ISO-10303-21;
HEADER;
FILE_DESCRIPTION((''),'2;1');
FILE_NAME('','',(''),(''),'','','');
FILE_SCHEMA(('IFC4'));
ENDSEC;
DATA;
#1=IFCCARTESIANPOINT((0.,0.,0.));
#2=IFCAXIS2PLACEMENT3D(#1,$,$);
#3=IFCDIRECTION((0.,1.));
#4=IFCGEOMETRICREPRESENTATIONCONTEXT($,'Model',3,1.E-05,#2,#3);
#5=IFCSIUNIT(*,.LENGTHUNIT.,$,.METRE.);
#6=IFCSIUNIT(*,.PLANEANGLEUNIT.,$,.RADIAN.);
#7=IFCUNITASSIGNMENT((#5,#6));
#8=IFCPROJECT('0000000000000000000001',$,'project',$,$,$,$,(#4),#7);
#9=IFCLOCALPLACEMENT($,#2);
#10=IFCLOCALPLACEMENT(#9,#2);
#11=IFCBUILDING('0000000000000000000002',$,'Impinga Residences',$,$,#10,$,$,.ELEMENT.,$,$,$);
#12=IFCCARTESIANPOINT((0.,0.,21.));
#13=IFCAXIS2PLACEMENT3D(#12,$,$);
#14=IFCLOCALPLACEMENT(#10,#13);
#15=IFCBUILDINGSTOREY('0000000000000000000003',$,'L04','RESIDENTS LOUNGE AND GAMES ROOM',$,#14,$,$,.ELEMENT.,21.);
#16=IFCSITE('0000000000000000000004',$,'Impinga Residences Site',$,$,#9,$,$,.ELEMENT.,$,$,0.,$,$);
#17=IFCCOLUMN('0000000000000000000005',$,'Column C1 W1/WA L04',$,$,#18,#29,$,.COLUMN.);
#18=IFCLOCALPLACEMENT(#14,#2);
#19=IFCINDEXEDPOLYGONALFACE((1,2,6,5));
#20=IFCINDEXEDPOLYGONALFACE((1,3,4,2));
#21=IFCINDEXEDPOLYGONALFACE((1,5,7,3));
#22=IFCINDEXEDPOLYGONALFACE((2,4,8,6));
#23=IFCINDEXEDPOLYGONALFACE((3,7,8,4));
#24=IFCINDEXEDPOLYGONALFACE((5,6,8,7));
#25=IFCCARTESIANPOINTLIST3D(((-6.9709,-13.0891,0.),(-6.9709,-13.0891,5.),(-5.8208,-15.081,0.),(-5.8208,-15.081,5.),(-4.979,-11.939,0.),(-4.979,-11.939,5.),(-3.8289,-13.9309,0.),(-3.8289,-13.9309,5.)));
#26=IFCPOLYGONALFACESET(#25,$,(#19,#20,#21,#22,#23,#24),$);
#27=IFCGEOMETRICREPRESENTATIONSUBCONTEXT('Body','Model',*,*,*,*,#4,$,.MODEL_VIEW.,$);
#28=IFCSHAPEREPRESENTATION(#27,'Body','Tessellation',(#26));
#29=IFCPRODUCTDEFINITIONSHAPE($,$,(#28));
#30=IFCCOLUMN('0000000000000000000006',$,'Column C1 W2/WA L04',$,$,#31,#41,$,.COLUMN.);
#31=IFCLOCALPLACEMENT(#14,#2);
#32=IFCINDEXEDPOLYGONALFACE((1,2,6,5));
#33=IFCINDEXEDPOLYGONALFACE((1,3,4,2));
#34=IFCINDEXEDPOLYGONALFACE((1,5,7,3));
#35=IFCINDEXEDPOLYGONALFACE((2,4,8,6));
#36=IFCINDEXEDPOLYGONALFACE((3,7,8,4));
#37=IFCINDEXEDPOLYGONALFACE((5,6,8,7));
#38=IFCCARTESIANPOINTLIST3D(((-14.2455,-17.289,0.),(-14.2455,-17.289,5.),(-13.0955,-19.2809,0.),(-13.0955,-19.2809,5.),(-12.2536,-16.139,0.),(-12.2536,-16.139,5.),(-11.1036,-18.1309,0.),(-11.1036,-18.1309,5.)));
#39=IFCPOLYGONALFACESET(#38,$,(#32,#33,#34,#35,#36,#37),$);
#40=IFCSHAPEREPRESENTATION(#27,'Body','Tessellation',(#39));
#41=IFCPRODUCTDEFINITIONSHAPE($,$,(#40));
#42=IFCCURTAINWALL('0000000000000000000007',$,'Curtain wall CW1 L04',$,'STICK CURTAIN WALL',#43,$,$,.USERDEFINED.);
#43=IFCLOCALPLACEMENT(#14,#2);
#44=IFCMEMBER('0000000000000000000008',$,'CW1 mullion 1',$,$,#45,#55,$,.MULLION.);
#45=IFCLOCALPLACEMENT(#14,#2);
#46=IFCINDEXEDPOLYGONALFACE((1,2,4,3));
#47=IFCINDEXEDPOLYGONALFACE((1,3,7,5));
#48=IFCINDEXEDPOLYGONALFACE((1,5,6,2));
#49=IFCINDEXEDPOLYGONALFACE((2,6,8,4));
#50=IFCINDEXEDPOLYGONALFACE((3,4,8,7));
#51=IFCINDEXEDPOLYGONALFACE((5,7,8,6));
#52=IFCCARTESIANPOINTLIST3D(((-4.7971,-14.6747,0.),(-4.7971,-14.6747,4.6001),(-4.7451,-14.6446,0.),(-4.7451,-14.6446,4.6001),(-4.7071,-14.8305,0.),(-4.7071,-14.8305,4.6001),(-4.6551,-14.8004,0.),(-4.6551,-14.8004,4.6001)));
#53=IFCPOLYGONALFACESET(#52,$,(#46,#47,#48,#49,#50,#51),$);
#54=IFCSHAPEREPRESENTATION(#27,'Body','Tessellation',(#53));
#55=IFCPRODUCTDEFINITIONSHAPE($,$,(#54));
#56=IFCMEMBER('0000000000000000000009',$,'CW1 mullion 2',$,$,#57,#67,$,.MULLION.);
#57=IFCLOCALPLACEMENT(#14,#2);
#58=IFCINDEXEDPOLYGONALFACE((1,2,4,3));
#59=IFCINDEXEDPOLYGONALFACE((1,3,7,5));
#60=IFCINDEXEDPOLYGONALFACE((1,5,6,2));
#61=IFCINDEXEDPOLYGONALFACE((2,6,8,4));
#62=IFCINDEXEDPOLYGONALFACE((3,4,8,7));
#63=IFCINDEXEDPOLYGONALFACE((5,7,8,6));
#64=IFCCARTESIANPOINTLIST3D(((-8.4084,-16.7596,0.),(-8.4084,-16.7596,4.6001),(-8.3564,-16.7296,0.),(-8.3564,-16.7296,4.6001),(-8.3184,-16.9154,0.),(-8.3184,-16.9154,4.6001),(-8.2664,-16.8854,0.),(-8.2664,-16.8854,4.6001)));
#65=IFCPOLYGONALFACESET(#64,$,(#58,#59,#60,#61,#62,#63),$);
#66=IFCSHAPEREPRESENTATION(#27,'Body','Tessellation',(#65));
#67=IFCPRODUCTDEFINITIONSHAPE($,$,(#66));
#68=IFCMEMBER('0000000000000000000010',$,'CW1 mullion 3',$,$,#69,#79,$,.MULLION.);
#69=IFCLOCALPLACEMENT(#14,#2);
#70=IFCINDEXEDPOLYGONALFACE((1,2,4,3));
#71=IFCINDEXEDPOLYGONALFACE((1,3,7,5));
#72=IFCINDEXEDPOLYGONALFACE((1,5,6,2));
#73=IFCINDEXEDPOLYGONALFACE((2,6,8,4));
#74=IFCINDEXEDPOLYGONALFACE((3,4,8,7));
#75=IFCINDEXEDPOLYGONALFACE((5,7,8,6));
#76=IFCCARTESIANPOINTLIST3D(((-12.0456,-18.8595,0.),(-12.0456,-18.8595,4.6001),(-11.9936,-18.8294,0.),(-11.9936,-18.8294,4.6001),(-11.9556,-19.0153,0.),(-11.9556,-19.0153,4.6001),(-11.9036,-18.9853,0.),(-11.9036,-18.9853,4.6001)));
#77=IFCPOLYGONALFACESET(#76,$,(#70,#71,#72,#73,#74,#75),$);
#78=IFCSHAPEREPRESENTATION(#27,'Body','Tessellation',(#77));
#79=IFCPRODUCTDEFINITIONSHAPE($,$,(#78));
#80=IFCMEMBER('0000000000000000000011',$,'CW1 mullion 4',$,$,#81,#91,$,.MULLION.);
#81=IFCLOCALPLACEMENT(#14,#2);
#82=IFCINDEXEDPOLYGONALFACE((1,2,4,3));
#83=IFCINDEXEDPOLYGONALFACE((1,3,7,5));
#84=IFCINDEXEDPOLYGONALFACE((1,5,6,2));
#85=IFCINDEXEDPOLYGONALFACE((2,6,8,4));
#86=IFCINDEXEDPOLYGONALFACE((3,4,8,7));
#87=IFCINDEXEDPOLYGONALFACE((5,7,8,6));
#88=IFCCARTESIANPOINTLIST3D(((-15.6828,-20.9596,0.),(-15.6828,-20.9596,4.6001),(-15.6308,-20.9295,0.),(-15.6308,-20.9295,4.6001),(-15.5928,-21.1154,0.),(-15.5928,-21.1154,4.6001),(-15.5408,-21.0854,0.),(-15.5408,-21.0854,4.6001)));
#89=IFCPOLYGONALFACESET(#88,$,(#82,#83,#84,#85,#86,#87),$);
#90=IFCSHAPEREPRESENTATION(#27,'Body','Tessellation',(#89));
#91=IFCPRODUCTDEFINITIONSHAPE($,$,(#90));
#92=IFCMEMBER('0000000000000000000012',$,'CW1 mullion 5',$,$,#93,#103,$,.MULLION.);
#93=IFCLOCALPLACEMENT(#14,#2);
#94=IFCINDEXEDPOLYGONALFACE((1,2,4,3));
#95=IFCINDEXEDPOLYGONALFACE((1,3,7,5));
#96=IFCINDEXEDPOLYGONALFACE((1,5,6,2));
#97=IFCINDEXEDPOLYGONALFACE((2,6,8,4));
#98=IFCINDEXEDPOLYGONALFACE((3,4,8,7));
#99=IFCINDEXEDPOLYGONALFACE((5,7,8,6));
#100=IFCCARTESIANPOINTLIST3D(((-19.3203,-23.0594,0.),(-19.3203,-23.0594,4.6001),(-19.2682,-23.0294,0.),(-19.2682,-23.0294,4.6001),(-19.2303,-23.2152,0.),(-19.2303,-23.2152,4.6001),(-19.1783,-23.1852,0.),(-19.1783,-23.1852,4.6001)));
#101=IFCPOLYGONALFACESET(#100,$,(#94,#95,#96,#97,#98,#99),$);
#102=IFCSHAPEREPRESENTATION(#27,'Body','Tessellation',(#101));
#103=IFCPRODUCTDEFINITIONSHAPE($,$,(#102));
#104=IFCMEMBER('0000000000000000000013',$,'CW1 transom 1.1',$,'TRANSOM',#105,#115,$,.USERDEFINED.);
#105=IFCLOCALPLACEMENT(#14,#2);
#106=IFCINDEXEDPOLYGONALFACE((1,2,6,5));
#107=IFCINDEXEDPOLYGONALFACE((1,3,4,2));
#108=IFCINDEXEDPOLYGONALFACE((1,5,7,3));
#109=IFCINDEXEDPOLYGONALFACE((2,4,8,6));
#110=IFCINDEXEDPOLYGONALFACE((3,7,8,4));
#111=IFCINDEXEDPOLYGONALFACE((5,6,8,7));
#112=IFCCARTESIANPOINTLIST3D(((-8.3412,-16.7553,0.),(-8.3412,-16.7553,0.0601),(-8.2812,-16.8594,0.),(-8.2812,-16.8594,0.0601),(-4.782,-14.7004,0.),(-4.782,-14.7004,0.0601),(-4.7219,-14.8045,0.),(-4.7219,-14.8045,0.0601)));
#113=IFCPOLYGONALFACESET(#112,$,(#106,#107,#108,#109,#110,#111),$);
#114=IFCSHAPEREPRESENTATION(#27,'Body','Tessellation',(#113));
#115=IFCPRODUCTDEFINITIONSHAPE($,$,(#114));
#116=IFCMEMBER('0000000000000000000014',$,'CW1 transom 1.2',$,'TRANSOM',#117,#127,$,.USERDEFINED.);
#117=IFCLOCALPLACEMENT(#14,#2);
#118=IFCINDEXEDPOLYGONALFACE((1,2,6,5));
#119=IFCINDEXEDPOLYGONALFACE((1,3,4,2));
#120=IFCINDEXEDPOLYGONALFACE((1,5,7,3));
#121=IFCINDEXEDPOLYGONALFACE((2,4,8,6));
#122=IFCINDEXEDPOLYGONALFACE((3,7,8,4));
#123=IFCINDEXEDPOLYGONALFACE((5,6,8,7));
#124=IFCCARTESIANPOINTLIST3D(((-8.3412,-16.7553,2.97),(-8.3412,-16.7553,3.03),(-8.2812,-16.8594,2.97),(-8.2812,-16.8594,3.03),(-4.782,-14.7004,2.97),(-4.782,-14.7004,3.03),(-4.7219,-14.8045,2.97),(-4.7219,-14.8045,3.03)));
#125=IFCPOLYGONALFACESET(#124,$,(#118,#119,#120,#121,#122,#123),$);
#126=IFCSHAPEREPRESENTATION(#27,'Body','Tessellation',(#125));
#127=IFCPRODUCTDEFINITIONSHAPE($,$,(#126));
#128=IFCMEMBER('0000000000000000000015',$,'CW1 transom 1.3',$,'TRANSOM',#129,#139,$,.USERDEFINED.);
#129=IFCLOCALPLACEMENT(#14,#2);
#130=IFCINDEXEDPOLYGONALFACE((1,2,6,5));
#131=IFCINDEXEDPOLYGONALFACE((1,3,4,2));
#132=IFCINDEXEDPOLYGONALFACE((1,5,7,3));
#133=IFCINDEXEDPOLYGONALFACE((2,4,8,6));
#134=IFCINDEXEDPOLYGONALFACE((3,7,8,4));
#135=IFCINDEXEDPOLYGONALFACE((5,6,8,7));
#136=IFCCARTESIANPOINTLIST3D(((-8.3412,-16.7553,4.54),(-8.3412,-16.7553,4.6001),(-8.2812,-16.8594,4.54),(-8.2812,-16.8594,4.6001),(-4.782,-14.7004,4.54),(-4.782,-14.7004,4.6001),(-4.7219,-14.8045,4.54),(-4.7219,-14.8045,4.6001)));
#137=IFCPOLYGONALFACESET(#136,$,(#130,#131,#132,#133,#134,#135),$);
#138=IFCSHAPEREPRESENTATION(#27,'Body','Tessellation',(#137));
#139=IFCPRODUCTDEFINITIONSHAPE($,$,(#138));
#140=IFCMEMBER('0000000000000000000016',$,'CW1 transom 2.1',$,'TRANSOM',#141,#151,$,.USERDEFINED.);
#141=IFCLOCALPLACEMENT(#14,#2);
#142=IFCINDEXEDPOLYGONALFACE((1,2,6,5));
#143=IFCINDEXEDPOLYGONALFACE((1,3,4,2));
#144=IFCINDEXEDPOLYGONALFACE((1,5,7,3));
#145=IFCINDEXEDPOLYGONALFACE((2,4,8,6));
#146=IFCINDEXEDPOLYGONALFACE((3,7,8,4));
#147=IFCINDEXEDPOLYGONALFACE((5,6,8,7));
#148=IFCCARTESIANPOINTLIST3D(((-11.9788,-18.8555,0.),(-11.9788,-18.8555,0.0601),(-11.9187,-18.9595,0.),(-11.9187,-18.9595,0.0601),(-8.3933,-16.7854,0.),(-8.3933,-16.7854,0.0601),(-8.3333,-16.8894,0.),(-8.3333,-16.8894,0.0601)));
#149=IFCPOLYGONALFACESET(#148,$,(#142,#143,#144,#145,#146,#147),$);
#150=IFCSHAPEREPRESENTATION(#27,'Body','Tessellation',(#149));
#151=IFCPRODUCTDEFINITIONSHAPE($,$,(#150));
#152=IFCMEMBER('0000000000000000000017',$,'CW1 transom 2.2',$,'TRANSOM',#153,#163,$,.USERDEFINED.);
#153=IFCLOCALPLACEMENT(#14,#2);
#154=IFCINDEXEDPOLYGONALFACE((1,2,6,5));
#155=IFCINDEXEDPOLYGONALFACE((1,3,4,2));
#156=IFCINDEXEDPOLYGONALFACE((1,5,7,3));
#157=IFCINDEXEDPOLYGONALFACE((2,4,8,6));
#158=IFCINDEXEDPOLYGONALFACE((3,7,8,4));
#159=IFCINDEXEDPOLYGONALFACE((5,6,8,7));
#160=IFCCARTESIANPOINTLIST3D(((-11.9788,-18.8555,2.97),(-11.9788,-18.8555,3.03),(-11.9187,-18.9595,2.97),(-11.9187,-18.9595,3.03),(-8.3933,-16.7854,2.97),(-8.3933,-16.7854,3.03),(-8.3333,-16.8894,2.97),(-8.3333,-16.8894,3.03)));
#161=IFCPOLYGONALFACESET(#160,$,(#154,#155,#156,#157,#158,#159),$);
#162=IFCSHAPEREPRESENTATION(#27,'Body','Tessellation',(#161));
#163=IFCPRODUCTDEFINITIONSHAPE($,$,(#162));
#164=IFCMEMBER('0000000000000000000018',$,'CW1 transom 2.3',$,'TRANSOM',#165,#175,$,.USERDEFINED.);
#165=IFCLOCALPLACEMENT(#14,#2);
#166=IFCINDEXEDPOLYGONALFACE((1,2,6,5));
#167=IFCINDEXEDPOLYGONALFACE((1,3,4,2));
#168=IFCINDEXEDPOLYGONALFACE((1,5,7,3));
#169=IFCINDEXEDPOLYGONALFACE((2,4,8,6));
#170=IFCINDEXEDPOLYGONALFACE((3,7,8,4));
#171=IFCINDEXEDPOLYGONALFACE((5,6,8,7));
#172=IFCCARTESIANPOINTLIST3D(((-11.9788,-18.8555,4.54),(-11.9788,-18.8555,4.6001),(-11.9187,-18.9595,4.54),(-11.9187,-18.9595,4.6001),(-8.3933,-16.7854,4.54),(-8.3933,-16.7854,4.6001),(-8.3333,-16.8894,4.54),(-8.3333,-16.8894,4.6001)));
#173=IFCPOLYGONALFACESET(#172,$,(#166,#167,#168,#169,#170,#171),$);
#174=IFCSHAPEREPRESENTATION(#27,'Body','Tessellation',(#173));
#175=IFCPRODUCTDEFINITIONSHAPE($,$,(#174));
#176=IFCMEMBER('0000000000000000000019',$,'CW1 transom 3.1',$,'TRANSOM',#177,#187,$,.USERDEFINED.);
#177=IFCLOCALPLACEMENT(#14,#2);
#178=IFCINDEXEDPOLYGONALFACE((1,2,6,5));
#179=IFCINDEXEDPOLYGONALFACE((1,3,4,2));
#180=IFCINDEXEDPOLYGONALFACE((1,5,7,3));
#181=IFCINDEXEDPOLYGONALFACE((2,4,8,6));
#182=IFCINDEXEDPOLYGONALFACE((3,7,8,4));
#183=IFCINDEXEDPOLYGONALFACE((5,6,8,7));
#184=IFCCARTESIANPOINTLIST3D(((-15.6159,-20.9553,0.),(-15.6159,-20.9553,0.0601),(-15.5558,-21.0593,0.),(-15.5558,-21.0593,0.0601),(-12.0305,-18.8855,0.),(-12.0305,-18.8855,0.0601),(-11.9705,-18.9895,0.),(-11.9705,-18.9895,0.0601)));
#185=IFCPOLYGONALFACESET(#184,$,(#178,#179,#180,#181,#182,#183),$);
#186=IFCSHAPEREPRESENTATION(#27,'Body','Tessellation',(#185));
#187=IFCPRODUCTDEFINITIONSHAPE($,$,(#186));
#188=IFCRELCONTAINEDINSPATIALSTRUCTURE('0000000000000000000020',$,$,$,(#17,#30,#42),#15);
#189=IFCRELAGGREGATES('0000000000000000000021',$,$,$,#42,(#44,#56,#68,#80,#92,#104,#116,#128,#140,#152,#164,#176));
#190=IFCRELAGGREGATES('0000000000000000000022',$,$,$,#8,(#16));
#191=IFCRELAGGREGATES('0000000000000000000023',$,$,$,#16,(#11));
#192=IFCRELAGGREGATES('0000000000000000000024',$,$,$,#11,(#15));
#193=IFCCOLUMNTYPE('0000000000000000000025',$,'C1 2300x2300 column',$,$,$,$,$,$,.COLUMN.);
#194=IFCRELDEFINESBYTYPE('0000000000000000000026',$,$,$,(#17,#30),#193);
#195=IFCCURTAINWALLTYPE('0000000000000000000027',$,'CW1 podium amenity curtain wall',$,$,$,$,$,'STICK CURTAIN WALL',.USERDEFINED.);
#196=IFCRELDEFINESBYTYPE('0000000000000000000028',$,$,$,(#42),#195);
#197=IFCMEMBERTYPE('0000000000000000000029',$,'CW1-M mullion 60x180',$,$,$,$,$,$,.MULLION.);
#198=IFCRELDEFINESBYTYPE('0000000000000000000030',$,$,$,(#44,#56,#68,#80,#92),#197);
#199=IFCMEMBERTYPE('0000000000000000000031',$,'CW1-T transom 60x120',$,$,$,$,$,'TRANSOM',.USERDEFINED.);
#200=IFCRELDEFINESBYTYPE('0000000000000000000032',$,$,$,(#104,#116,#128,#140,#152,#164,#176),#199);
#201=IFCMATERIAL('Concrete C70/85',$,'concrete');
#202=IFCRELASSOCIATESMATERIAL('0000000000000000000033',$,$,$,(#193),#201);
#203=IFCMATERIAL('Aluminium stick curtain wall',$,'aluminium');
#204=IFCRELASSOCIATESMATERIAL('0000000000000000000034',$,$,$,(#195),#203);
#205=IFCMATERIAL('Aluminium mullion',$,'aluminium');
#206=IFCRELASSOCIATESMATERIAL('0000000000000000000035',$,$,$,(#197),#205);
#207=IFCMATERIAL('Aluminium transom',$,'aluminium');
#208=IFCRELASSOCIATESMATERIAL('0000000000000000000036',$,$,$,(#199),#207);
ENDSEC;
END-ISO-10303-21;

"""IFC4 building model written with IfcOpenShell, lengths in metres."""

from ifc_helpers import new_model, si_unit, direction, frame, origin, origin_2d, place, context, subcontext, project, spatial, rectangle, extrude, material, material_profile, profile_set, type_object, element, aggregate, save


model = new_model("IFC4")

# Units and contexts
model_context = context("Model", 3, precision=1e-05, world=origin(), true_north=direction((0.0, 1.0)))
body_context = subcontext(model_context, "Body", "Model", "MODEL_VIEW")
ifc_project = project(units=[si_unit("LENGTHUNIT", "METRE"), si_unit("PLANEANGLEUNIT", "RADIAN")], contexts=[model_context])

# Site, building, storey
site_placement = place(None, origin())
site = spatial("IfcSite", under=ifc_project, at=site_placement, Name="Impinga Residences Site", CompositionType="ELEMENT", RefElevation=0.0)
building_placement = place(site_placement, origin())
building = spatial("IfcBuilding", under=site, at=building_placement, Name="Impinga Residences", CompositionType="ELEMENT")
storey_placement = place(building_placement, frame((0.0, 0.0, 21.0)))
storey = spatial("IfcBuildingStorey", under=building, at=storey_placement, Name="L04", Description="RESIDENTS LOUNGE AND GAMES ROOM", CompositionType="ELEMENT", Elevation=21.0)

# Columns
ifc_material_1 = material(Name="Concrete C70/85", Category="concrete")
ifc_material_profile_1 = material_profile(ifc_material_1, rectangle(XDim=2.3, YDim=2.3, at=origin_2d()), Name="RC 2300x2300")
ifc_profile_set_1 = profile_set([ifc_material_profile_1], Name="Concrete C70/85")
column_type = type_object("IfcColumnType", Name="C1 2300x2300 column", PredefinedType="COLUMN", material=ifc_profile_set_1)
for number, where, z_axis, x_axis, name in (
    (1, (-5.3999, -13.51, 0.0), (0.0, 0.0, 1.0), (-0.5, 0.866025, 0.0), "Column C1 W1/WA L04"),
    (2, (-12.6746, -17.71, 0.0), (0.0, 0.0, 1.0), (-0.5, 0.866025, 0.0), "Column C1 W2/WA L04"),
):
    element("IfcColumn", number, at=place(storey_placement, frame(where, z_axis=z_axis, x_axis=x_axis)), inside=storey, type_object=column_type, Name=name, PredefinedType="COLUMN", context=body_context, shape_type="SweptSolid", body=[
        extrude(rectangle(XDim=2.3, YDim=2.3, at=origin_2d()), origin(), (0.0, 0.0, 1.0), 5.0),
    ])

# Curtain wall, members
ifc_material_2 = material(Name="Aluminium stick curtain wall", Category="aluminium")
curtain_wall_type = type_object("IfcCurtainWallType", Name="CW1 podium amenity curtain wall", ElementType="STICK CURTAIN WALL", PredefinedType="USERDEFINED", material=ifc_material_2)
curtain_wall_placement = place(storey_placement, origin())
curtain_wall = element("IfcCurtainWall", 3, at=curtain_wall_placement, inside=storey, type_object=curtain_wall_type, Name="Curtain wall CW1 L04", ObjectType="STICK CURTAIN WALL", PredefinedType="USERDEFINED")
ifc_material_3 = material(Name="Aluminium mullion", Category="aluminium")
ifc_material_profile_2 = material_profile(ifc_material_3, rectangle(XDim=0.0601, YDim=0.1799, at=origin_2d()), Name="60x180 mullion")
ifc_profile_set_2 = profile_set([ifc_material_profile_2], Name="Aluminium mullion")
member_type_1 = type_object("IfcMemberType", Name="CW1-M mullion 60x180", PredefinedType="MULLION", material=ifc_profile_set_2)
member_1_placement = place(storey_placement, frame((-4.7261, -14.7375, 0.0), z_axis=(0.0, 0.0, 1.0), x_axis=(-0.866025, -0.5, 0.0)))
member_1 = element("IfcMember", 4, at=member_1_placement, type_object=member_type_1, Name="CW1 mullion 1", PredefinedType="MULLION", context=body_context, shape_type="SweptSolid", body=[
    extrude(rectangle(XDim=0.0601, YDim=0.1799, at=origin_2d()), origin(), (0.0, 0.0, 1.0), 4.6001),
])
member_2_placement = place(storey_placement, frame((-8.3374, -16.8225, 0.0), z_axis=(0.0, 0.0, 1.0), x_axis=(-0.866025, -0.5, 0.0)))
member_2 = element("IfcMember", 5, at=member_2_placement, type_object=member_type_1, Name="CW1 mullion 2", PredefinedType="MULLION", context=body_context, shape_type="SweptSolid", body=[
    extrude(rectangle(XDim=0.0601, YDim=0.1799, at=origin_2d()), origin(), (0.0, 0.0, 1.0), 4.6001),
])
member_3_placement = place(storey_placement, frame((-11.9746, -18.9224, 0.0), z_axis=(0.0, 0.0, 1.0), x_axis=(-0.866025, -0.5, 0.0)))
member_3 = element("IfcMember", 6, at=member_3_placement, type_object=member_type_1, Name="CW1 mullion 3", PredefinedType="MULLION", context=body_context, shape_type="SweptSolid", body=[
    extrude(rectangle(XDim=0.0601, YDim=0.1799, at=origin_2d()), origin(), (0.0, 0.0, 1.0), 4.6001),
])
member_4_placement = place(storey_placement, frame((-15.6118, -21.0225, 0.0), z_axis=(0.0, 0.0, 1.0), x_axis=(-0.866025, -0.5, 0.0)))
member_4 = element("IfcMember", 7, at=member_4_placement, type_object=member_type_1, Name="CW1 mullion 4", PredefinedType="MULLION", context=body_context, shape_type="SweptSolid", body=[
    extrude(rectangle(XDim=0.0601, YDim=0.1799, at=origin_2d()), origin(), (0.0, 0.0, 1.0), 4.6001),
])
member_5_placement = place(storey_placement, frame((-19.2493, -23.1223, 0.0), z_axis=(0.0, 0.0, 1.0), x_axis=(-0.866025, -0.5, 0.0)))
member_5 = element("IfcMember", 8, at=member_5_placement, type_object=member_type_1, Name="CW1 mullion 5", PredefinedType="MULLION", context=body_context, shape_type="SweptSolid", body=[
    extrude(rectangle(XDim=0.0601, YDim=0.1799, at=origin_2d()), origin(), (0.0, 0.0, 1.0), 4.6001),
])
ifc_material_4 = material(Name="Aluminium transom", Category="aluminium")
ifc_material_profile_3 = material_profile(ifc_material_4, rectangle(XDim=0.0601, YDim=0.1201, at=origin_2d()), Name="60x120 transom")
ifc_profile_set_3 = profile_set([ifc_material_profile_3], Name="Aluminium transom")
member_type_2 = type_object("IfcMemberType", Name="CW1-T transom 60x120", ElementType="TRANSOM", PredefinedType="USERDEFINED", material=ifc_profile_set_3)
member_6_placement = place(storey_placement, frame((-4.752, -14.7524, 0.03), z_axis=(-0.86603, -0.499992, 0.0), x_axis=(0.0, 0.0, 1.0)))
member_6 = element("IfcMember", 9, at=member_6_placement, type_object=member_type_2, Name="CW1 transom 1.1", ObjectType="TRANSOM", PredefinedType="USERDEFINED", context=body_context, shape_type="SweptSolid", body=[
    extrude(rectangle(XDim=0.0601, YDim=0.1201, at=origin_2d()), origin(), (0.0, 0.0, 1.0), 4.1099),
])
member_7_placement = place(storey_placement, frame((-4.752, -14.7524, 3.0), z_axis=(-0.86603, -0.499992, 0.0), x_axis=(0.0, 0.0, 1.0)))
member_7 = element("IfcMember", 10, at=member_7_placement, type_object=member_type_2, Name="CW1 transom 1.2", ObjectType="TRANSOM", PredefinedType="USERDEFINED", context=body_context, shape_type="SweptSolid", body=[
    extrude(rectangle(XDim=0.0601, YDim=0.1201, at=origin_2d()), origin(), (0.0, 0.0, 1.0), 4.1099),
])
member_8_placement = place(storey_placement, frame((-4.752, -14.7524, 4.5701), z_axis=(-0.86603, -0.499992, 0.0), x_axis=(0.0, 0.0, 1.0)))
member_8 = element("IfcMember", 11, at=member_8_placement, type_object=member_type_2, Name="CW1 transom 1.3", ObjectType="TRANSOM", PredefinedType="USERDEFINED", context=body_context, shape_type="SweptSolid", body=[
    extrude(rectangle(XDim=0.0601, YDim=0.1201, at=origin_2d()), origin(), (0.0, 0.0, 1.0), 4.1099),
])
member_9_placement = place(storey_placement, frame((-8.3633, -16.8374, 0.03), z_axis=(-0.866025, -0.500002, 0.0), x_axis=(0.0, 0.0, 1.0)))
member_9 = element("IfcMember", 12, at=member_9_placement, type_object=member_type_2, Name="CW1 transom 2.1", ObjectType="TRANSOM", PredefinedType="USERDEFINED", context=body_context, shape_type="SweptSolid", body=[
    extrude(rectangle(XDim=0.0601, YDim=0.1201, at=origin_2d()), origin(), (0.0, 0.0, 1.0), 4.1401),
])
member_10_placement = place(storey_placement, frame((-8.3633, -16.8374, 3.0), z_axis=(-0.866025, -0.500002, 0.0), x_axis=(0.0, 0.0, 1.0)))
member_10 = element("IfcMember", 13, at=member_10_placement, type_object=member_type_2, Name="CW1 transom 2.2", ObjectType="TRANSOM", PredefinedType="USERDEFINED", context=body_context, shape_type="SweptSolid", body=[
    extrude(rectangle(XDim=0.0601, YDim=0.1201, at=origin_2d()), origin(), (0.0, 0.0, 1.0), 4.1401),
])
member_11_placement = place(storey_placement, frame((-8.3633, -16.8374, 4.5701), z_axis=(-0.866025, -0.500002, 0.0), x_axis=(0.0, 0.0, 1.0)))
member_11 = element("IfcMember", 14, at=member_11_placement, type_object=member_type_2, Name="CW1 transom 2.3", ObjectType="TRANSOM", PredefinedType="USERDEFINED", context=body_context, shape_type="SweptSolid", body=[
    extrude(rectangle(XDim=0.0601, YDim=0.1201, at=origin_2d()), origin(), (0.0, 0.0, 1.0), 4.1401),
])
member_12_placement = place(storey_placement, frame((-12.0005, -18.9375, 0.03), z_axis=(-0.86605, -0.499957, 0.0), x_axis=(0.0, 0.0, 1.0)))
member_12 = element("IfcMember", 15, at=member_12_placement, type_object=member_type_2, Name="CW1 transom 3.1", ObjectType="TRANSOM", PredefinedType="USERDEFINED", context=body_context, shape_type="SweptSolid", body=[
    extrude(rectangle(XDim=0.0601, YDim=0.1201, at=origin_2d()), origin(), (0.0, 0.0, 1.0), 4.1399),
])

aggregate(curtain_wall, [member_1, member_2, member_3, member_4, member_5, member_6, member_7, member_8, member_9, member_10, member_11, member_12])

save(model, "model.ifc")
